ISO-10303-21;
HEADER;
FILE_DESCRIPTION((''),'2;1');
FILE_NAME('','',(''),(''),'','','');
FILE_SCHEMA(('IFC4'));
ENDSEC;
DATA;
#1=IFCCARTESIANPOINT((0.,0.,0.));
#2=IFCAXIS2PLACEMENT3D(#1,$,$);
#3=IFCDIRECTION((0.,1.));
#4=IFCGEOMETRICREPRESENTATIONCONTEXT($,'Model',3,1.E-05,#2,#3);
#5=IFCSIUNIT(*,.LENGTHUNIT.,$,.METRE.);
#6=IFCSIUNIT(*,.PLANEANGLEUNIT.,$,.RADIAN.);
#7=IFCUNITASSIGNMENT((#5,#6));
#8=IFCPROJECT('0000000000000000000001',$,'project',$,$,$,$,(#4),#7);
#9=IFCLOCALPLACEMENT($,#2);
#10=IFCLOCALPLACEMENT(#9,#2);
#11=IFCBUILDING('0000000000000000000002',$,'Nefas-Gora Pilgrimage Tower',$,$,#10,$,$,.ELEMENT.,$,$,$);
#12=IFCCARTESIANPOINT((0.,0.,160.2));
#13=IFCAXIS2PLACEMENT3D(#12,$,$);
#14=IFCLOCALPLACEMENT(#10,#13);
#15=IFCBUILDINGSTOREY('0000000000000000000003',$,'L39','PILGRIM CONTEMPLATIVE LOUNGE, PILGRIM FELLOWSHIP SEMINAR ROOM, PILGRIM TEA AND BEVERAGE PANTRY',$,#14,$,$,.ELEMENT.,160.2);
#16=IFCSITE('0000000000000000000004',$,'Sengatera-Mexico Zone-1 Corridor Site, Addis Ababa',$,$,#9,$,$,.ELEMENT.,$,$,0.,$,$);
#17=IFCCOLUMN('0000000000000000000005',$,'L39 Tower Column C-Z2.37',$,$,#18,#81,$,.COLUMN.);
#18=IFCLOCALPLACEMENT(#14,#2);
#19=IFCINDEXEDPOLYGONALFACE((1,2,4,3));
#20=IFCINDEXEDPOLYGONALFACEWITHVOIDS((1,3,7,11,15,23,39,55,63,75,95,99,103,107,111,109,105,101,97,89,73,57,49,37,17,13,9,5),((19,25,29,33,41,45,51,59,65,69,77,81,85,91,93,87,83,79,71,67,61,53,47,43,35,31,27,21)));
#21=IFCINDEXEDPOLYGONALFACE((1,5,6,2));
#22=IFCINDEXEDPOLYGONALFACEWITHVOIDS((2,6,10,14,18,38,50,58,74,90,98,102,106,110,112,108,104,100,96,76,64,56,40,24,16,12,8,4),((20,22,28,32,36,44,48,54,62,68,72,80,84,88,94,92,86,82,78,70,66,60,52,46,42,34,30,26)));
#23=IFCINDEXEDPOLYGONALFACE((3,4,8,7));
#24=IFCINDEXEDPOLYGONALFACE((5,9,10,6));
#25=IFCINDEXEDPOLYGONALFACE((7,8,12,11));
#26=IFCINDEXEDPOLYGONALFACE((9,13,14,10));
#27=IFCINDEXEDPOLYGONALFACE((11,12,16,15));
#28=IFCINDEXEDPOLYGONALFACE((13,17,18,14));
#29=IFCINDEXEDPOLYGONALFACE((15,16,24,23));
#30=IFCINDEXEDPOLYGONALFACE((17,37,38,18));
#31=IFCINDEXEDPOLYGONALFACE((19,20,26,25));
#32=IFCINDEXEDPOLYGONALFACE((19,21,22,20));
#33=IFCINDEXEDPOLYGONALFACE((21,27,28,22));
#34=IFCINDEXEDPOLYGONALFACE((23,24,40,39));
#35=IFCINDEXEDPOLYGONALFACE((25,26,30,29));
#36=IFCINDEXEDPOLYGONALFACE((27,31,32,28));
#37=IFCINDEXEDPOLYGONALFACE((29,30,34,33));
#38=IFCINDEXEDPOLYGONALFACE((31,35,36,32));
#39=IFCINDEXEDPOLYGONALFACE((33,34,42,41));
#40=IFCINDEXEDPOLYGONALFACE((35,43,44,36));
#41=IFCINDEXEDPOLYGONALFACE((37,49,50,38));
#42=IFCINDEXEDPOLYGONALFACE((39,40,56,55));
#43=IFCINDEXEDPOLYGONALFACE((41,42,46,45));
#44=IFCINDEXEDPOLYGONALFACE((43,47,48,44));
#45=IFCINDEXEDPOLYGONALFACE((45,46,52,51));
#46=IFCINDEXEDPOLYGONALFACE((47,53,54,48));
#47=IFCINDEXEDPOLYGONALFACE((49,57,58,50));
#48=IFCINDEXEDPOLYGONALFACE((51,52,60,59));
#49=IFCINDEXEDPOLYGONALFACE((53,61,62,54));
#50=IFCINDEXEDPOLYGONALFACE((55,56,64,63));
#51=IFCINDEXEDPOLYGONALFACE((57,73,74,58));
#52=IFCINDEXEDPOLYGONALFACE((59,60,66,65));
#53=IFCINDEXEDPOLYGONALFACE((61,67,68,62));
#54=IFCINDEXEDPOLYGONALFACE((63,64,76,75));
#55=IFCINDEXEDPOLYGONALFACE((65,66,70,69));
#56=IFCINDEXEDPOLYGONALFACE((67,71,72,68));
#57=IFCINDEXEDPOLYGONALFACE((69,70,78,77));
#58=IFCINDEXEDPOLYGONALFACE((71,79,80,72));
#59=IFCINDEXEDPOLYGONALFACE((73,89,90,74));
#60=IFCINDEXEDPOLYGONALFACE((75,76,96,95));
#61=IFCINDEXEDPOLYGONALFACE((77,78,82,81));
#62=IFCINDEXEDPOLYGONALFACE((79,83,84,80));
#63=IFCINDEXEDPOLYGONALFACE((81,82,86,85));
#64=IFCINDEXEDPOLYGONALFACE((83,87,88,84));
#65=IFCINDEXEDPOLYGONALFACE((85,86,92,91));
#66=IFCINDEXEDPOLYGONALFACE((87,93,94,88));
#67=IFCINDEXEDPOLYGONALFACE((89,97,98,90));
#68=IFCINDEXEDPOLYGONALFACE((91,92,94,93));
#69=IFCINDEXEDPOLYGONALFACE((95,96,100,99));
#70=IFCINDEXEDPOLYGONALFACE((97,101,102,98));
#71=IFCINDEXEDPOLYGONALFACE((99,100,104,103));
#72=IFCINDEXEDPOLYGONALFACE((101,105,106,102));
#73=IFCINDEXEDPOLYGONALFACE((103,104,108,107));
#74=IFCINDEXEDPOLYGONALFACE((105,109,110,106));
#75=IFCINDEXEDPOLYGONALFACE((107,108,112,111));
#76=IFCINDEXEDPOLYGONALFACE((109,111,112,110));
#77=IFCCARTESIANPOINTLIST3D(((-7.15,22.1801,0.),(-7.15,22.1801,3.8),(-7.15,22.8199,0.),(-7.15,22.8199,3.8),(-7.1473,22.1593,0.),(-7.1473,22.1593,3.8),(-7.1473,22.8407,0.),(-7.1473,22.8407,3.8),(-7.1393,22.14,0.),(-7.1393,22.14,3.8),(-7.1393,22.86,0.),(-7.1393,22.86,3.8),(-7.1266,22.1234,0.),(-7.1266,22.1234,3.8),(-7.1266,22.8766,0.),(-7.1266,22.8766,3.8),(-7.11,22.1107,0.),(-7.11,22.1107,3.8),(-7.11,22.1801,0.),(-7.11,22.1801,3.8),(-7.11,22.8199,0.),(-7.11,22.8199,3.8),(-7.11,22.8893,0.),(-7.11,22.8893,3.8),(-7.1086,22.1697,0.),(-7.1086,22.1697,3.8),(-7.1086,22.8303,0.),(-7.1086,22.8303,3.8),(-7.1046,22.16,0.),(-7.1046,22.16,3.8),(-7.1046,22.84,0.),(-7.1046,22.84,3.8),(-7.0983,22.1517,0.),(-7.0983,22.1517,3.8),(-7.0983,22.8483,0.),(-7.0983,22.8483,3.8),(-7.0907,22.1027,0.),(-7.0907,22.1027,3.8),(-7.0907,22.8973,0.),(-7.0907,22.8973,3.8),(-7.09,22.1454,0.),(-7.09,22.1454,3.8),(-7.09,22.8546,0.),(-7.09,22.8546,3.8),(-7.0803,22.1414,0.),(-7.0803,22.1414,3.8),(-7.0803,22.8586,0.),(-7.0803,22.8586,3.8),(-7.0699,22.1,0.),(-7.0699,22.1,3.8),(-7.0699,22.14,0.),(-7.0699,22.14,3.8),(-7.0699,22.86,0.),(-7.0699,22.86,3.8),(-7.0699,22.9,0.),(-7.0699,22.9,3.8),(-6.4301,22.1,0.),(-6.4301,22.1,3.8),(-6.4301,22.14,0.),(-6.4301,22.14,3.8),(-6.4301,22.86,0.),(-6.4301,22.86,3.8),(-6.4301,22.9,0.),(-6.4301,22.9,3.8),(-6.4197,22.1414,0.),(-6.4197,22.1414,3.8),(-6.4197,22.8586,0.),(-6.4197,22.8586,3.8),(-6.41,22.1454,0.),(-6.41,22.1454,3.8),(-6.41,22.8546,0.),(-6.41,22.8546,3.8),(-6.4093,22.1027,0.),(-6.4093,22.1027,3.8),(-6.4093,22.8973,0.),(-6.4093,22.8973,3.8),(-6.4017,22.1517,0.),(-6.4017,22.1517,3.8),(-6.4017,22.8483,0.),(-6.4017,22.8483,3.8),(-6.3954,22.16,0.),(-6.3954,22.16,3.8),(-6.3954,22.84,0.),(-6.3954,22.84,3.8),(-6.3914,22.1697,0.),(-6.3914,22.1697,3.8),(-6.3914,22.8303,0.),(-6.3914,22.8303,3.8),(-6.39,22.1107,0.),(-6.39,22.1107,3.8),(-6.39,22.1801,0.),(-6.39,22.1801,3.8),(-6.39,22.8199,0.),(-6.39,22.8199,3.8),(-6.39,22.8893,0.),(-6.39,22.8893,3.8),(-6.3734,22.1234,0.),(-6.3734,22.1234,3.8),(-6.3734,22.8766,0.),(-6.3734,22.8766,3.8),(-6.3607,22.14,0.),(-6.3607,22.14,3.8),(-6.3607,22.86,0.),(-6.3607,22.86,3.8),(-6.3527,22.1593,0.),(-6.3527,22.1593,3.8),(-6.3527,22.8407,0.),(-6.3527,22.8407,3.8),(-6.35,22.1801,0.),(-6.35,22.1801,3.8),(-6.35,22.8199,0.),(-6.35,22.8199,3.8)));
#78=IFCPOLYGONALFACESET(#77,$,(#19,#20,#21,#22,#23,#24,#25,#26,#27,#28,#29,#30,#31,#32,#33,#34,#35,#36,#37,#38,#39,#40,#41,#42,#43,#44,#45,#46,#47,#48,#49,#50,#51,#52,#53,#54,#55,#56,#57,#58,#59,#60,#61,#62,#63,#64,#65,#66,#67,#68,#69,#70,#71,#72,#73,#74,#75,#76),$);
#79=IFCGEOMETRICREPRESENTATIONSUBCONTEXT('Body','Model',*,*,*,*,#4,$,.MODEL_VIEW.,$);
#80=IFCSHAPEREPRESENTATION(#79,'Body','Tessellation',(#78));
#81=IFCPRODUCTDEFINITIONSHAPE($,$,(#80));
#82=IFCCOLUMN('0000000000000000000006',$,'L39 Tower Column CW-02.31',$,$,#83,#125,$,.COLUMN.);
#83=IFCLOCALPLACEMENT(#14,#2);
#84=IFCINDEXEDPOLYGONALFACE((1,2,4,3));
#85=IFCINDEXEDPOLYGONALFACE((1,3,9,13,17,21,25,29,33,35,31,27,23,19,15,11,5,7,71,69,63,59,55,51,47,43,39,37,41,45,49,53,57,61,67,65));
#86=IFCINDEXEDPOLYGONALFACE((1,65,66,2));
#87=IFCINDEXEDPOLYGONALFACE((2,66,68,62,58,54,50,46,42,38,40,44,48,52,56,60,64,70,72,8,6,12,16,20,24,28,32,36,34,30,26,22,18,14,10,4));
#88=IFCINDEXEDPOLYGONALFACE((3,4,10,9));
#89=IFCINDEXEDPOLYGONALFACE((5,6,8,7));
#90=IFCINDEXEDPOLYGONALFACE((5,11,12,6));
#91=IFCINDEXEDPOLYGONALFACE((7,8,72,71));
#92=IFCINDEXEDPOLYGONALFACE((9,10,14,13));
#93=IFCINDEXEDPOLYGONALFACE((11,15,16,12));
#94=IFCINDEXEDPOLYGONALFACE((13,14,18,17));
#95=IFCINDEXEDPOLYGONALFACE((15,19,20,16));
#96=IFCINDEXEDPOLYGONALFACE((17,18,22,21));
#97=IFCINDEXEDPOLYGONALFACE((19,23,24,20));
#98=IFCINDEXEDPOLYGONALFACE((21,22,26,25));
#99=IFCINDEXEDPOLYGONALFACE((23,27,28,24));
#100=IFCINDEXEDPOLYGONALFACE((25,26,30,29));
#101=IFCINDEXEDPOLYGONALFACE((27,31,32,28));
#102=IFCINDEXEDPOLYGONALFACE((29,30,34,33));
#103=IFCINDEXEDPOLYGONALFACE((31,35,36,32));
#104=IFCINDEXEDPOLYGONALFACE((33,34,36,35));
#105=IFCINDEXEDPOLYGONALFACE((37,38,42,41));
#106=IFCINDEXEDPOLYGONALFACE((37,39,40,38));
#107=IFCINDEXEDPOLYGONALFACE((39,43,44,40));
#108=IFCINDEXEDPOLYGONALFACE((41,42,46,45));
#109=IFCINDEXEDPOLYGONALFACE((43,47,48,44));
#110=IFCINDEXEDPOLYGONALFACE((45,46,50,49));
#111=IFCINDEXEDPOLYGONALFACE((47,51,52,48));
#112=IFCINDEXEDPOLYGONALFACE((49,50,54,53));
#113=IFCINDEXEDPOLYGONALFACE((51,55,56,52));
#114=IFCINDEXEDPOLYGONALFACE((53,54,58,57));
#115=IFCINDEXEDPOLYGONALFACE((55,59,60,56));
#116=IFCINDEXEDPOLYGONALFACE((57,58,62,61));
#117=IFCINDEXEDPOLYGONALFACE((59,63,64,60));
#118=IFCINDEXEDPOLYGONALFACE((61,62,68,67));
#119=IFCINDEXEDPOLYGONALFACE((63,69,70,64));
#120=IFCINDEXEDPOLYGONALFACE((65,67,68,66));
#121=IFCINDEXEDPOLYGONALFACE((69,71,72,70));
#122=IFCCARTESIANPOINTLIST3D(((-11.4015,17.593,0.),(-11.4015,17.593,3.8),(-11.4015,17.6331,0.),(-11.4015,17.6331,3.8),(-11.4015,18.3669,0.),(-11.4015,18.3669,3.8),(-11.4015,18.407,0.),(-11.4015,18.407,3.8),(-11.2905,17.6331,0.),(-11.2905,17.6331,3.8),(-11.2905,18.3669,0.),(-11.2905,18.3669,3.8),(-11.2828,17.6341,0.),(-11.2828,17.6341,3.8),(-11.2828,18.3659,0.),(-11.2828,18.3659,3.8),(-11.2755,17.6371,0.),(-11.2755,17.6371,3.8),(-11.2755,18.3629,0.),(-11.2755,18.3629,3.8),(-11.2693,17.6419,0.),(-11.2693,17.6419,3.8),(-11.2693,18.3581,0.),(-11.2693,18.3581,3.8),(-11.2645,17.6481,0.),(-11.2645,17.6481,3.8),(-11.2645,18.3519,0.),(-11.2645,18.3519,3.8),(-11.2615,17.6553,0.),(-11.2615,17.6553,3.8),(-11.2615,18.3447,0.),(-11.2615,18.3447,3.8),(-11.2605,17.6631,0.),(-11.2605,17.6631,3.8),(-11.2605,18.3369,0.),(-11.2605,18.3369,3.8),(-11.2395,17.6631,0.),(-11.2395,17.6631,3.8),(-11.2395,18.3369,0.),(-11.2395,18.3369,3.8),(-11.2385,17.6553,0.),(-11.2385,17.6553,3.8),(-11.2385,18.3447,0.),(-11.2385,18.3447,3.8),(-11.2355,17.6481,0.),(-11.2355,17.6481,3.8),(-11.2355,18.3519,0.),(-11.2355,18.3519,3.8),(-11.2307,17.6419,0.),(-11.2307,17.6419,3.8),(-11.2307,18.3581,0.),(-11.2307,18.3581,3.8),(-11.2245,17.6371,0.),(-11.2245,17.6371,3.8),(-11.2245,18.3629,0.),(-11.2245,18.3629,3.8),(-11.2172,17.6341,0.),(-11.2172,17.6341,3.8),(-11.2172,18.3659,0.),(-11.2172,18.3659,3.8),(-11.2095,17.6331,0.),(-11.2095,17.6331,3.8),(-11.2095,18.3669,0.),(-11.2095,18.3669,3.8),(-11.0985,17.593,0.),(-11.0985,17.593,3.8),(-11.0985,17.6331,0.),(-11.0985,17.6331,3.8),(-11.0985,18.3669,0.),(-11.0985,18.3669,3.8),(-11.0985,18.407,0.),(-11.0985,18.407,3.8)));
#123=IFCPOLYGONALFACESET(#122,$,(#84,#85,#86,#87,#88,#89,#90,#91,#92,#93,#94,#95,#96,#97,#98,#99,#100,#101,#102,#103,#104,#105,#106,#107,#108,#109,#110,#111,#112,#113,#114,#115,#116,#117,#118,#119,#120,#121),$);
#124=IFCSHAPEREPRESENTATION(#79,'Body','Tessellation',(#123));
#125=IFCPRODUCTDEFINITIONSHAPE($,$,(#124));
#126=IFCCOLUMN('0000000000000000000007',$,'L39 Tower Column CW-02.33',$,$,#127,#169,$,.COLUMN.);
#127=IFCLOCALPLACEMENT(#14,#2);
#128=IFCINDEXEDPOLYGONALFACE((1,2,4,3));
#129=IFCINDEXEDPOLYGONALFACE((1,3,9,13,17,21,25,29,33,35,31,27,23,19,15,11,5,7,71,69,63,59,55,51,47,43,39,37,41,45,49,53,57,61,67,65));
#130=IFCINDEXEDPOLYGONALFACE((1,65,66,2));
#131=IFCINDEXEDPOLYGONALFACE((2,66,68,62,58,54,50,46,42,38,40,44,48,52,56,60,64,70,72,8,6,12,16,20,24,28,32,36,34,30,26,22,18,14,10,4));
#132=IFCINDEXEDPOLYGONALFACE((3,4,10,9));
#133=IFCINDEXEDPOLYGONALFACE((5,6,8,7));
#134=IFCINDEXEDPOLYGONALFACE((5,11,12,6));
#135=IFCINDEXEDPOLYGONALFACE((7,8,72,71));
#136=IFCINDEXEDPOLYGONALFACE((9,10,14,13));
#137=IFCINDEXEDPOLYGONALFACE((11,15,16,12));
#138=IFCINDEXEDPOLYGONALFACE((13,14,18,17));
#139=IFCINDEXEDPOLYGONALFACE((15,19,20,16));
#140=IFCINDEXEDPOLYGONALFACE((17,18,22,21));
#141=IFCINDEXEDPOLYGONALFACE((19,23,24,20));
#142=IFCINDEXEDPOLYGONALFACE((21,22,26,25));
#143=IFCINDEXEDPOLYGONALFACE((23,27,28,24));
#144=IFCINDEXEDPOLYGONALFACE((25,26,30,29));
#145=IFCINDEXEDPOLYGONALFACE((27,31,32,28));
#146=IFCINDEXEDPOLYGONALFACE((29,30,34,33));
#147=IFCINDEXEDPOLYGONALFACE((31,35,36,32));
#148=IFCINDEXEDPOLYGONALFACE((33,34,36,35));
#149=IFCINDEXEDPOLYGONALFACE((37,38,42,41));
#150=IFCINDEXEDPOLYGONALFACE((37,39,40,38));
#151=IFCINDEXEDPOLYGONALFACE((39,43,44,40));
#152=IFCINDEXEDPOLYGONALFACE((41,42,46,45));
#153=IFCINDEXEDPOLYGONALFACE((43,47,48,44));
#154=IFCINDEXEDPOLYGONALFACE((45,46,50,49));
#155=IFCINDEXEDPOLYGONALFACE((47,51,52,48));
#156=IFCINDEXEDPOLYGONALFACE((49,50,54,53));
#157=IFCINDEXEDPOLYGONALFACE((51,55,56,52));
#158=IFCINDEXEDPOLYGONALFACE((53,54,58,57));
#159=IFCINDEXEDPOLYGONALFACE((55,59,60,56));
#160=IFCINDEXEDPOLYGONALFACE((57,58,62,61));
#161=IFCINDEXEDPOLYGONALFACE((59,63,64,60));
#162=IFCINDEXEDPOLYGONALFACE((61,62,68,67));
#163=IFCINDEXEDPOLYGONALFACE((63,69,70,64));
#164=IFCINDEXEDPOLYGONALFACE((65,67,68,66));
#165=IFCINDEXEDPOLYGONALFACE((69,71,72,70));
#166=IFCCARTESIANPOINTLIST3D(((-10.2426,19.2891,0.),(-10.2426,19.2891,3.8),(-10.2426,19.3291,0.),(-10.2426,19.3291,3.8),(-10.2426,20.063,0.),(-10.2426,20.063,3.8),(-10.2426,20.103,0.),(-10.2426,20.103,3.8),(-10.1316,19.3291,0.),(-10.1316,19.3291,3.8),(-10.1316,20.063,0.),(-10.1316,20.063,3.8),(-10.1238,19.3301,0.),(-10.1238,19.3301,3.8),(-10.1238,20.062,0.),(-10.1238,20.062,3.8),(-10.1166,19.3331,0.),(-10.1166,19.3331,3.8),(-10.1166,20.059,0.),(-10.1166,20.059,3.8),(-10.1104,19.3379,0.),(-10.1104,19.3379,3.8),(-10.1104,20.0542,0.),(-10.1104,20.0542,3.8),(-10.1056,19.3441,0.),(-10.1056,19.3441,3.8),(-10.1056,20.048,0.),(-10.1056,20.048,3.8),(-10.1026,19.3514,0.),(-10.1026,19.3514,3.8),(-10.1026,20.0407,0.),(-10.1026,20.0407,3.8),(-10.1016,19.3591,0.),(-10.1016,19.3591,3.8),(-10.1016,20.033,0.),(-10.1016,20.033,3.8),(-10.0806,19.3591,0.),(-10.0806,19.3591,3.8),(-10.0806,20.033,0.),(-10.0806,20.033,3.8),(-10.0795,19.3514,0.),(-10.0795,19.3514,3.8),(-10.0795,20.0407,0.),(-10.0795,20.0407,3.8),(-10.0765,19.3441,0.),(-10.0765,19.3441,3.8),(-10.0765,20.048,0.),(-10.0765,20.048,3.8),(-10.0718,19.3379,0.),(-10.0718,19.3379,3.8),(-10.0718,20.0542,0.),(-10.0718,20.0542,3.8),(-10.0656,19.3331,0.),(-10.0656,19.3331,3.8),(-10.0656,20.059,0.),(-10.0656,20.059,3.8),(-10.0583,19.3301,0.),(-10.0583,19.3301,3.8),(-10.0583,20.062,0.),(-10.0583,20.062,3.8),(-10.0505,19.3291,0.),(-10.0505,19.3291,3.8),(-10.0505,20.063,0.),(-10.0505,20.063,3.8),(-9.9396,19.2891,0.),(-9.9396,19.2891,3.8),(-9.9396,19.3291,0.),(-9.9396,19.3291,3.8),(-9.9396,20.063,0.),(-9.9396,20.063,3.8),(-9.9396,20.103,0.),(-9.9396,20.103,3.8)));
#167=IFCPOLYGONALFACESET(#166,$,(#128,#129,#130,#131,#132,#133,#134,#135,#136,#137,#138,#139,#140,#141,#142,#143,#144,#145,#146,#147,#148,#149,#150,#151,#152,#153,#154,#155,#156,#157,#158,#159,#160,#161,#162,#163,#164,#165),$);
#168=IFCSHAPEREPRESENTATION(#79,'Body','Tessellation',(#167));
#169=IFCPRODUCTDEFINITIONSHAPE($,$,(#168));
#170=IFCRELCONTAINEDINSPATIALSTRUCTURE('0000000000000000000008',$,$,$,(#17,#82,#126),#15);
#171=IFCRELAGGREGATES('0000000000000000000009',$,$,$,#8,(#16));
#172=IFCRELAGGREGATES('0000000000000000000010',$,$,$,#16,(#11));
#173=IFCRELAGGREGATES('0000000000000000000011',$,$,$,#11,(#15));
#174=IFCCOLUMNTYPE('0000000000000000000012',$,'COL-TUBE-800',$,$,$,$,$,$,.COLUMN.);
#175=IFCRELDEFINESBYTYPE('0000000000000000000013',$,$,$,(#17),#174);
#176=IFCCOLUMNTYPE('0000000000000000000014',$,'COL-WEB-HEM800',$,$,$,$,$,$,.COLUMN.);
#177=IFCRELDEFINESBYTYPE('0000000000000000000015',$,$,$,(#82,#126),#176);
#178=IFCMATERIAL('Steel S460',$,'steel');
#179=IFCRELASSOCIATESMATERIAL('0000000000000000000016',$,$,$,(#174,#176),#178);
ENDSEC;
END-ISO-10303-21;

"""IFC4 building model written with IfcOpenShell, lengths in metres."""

from ifc_helpers import new_model, si_unit, direction, frame, origin, origin_2d, place, context, subcontext, project, spatial, hollow_rectangle, i_section, extrude, source, transform, mapped, material, material_profile, profile_set, type_object, element, save


model = new_model("IFC4")

# Units and contexts
model_context = context("Model", 3, precision=1e-05, world=origin(), true_north=direction((0.0, 1.0)))
body_context = subcontext(model_context, "Body", "Model", "MODEL_VIEW")
ifc_project = project(units=[si_unit("LENGTHUNIT", "METRE"), si_unit("PLANEANGLEUNIT", "RADIAN")], contexts=[model_context])

# Site, building, storey
site_placement = place(None, origin())
site = spatial("IfcSite", under=ifc_project, at=site_placement, Name="Sengatera-Mexico Zone-1 Corridor Site, Addis Ababa", CompositionType="ELEMENT", RefElevation=0.0)
building_placement = place(site_placement, origin())
building = spatial("IfcBuilding", under=site, at=building_placement, Name="Nefas-Gora Pilgrimage Tower", CompositionType="ELEMENT")
storey_placement = place(building_placement, frame((0.0, 0.0, 160.2)))
storey = spatial("IfcBuildingStorey", under=building, at=storey_placement, Name="L39", Description="PILGRIM CONTEMPLATIVE LOUNGE, PILGRIM FELLOWSHIP SEMINAR ROOM, PILGRIM TEA AND BEVERAGE PANTRY", CompositionType="ELEMENT", Elevation=160.2)

# Columns
ifc_material_1 = material(Name="Steel S460", Category="steel")
ifc_material_profile_1 = material_profile(ifc_material_1, hollow_rectangle(XDim=0.8, YDim=0.8, WallThickness=0.04, InnerFilletRadius=0.04, OuterFilletRadius=0.0801, at=origin_2d()), Name="BOX 800x800x40")
ifc_profile_set_1 = profile_set([ifc_material_profile_1], Name="Steel S460")
column_type_1 = type_object("IfcColumnType", Name="COL-TUBE-800", PredefinedType="COLUMN", material=ifc_profile_set_1)
shared_shape_1 = source(origin(), body_context, "Body", "SweptSolid", [
    extrude(hollow_rectangle(XDim=0.8, YDim=0.8, WallThickness=0.04, InnerFilletRadius=0.04, OuterFilletRadius=0.0801, at=origin_2d()), origin(), (0.0, 0.0, 1.0), 3.8),
])
column_placement = place(storey_placement, frame((-6.75, 22.5, 0.0), z_axis=(0.0, 0.0, 1.0), x_axis=(1.0, 0.0, 0.0)))
element("IfcColumn", 1, at=column_placement, inside=storey, type_object=column_type_1, Name="L39 Tower Column C-Z2.37", PredefinedType="COLUMN", context=body_context, shape_type="MappedRepresentation", body=[
    mapped(shared_shape_1, transform((0.0, 0.0, 0.0), x_axis=(1.0, 0.0, 0.0), y_axis=(0.0, 1.0, 0.0), z_axis=(0.0, 0.0, 1.0), scale=1.0)),
])
ifc_material_profile_2 = material_profile(ifc_material_1, i_section(OverallWidth=0.303, OverallDepth=0.814, WebThickness=0.021, FlangeThickness=0.04, FilletRadius=0.03, at=origin_2d()), Name="HEM 800")
ifc_profile_set_2 = profile_set([ifc_material_profile_2], Name="Steel S460")
column_type_2 = type_object("IfcColumnType", Name="COL-WEB-HEM800", PredefinedType="COLUMN", material=ifc_profile_set_2)
shared_shape_2 = source(origin(), body_context, "Body", "SweptSolid", [
    extrude(i_section(OverallWidth=0.303, OverallDepth=0.814, WebThickness=0.021, FlangeThickness=0.04, FilletRadius=0.03, at=origin_2d()), origin(), (0.0, 0.0, 1.0), 3.8),
])
for number, where, z_axis, x_axis, name in (
    (2, (-11.25, 18.0, 0.0), (0.0, 0.0, 1.0), (1.0, 0.0, 0.0), "L39 Tower Column CW-02.31"),
    (3, (-10.0911, 19.696, 0.0), (0.0, 0.0, 1.0), (1.0, 0.0, 0.0), "L39 Tower Column CW-02.33"),
):
    element("IfcColumn", number, at=place(storey_placement, frame(where, z_axis=z_axis, x_axis=x_axis)), inside=storey, type_object=column_type_2, Name=name, PredefinedType="COLUMN", context=body_context, shape_type="MappedRepresentation", body=[
        mapped(shared_shape_2, transform((0.0, 0.0, 0.0), x_axis=(1.0, 0.0, 0.0), y_axis=(0.0, 1.0, 0.0), z_axis=(0.0, 0.0, 1.0), scale=1.0)),
    ])

save(model, "model.ifc")
